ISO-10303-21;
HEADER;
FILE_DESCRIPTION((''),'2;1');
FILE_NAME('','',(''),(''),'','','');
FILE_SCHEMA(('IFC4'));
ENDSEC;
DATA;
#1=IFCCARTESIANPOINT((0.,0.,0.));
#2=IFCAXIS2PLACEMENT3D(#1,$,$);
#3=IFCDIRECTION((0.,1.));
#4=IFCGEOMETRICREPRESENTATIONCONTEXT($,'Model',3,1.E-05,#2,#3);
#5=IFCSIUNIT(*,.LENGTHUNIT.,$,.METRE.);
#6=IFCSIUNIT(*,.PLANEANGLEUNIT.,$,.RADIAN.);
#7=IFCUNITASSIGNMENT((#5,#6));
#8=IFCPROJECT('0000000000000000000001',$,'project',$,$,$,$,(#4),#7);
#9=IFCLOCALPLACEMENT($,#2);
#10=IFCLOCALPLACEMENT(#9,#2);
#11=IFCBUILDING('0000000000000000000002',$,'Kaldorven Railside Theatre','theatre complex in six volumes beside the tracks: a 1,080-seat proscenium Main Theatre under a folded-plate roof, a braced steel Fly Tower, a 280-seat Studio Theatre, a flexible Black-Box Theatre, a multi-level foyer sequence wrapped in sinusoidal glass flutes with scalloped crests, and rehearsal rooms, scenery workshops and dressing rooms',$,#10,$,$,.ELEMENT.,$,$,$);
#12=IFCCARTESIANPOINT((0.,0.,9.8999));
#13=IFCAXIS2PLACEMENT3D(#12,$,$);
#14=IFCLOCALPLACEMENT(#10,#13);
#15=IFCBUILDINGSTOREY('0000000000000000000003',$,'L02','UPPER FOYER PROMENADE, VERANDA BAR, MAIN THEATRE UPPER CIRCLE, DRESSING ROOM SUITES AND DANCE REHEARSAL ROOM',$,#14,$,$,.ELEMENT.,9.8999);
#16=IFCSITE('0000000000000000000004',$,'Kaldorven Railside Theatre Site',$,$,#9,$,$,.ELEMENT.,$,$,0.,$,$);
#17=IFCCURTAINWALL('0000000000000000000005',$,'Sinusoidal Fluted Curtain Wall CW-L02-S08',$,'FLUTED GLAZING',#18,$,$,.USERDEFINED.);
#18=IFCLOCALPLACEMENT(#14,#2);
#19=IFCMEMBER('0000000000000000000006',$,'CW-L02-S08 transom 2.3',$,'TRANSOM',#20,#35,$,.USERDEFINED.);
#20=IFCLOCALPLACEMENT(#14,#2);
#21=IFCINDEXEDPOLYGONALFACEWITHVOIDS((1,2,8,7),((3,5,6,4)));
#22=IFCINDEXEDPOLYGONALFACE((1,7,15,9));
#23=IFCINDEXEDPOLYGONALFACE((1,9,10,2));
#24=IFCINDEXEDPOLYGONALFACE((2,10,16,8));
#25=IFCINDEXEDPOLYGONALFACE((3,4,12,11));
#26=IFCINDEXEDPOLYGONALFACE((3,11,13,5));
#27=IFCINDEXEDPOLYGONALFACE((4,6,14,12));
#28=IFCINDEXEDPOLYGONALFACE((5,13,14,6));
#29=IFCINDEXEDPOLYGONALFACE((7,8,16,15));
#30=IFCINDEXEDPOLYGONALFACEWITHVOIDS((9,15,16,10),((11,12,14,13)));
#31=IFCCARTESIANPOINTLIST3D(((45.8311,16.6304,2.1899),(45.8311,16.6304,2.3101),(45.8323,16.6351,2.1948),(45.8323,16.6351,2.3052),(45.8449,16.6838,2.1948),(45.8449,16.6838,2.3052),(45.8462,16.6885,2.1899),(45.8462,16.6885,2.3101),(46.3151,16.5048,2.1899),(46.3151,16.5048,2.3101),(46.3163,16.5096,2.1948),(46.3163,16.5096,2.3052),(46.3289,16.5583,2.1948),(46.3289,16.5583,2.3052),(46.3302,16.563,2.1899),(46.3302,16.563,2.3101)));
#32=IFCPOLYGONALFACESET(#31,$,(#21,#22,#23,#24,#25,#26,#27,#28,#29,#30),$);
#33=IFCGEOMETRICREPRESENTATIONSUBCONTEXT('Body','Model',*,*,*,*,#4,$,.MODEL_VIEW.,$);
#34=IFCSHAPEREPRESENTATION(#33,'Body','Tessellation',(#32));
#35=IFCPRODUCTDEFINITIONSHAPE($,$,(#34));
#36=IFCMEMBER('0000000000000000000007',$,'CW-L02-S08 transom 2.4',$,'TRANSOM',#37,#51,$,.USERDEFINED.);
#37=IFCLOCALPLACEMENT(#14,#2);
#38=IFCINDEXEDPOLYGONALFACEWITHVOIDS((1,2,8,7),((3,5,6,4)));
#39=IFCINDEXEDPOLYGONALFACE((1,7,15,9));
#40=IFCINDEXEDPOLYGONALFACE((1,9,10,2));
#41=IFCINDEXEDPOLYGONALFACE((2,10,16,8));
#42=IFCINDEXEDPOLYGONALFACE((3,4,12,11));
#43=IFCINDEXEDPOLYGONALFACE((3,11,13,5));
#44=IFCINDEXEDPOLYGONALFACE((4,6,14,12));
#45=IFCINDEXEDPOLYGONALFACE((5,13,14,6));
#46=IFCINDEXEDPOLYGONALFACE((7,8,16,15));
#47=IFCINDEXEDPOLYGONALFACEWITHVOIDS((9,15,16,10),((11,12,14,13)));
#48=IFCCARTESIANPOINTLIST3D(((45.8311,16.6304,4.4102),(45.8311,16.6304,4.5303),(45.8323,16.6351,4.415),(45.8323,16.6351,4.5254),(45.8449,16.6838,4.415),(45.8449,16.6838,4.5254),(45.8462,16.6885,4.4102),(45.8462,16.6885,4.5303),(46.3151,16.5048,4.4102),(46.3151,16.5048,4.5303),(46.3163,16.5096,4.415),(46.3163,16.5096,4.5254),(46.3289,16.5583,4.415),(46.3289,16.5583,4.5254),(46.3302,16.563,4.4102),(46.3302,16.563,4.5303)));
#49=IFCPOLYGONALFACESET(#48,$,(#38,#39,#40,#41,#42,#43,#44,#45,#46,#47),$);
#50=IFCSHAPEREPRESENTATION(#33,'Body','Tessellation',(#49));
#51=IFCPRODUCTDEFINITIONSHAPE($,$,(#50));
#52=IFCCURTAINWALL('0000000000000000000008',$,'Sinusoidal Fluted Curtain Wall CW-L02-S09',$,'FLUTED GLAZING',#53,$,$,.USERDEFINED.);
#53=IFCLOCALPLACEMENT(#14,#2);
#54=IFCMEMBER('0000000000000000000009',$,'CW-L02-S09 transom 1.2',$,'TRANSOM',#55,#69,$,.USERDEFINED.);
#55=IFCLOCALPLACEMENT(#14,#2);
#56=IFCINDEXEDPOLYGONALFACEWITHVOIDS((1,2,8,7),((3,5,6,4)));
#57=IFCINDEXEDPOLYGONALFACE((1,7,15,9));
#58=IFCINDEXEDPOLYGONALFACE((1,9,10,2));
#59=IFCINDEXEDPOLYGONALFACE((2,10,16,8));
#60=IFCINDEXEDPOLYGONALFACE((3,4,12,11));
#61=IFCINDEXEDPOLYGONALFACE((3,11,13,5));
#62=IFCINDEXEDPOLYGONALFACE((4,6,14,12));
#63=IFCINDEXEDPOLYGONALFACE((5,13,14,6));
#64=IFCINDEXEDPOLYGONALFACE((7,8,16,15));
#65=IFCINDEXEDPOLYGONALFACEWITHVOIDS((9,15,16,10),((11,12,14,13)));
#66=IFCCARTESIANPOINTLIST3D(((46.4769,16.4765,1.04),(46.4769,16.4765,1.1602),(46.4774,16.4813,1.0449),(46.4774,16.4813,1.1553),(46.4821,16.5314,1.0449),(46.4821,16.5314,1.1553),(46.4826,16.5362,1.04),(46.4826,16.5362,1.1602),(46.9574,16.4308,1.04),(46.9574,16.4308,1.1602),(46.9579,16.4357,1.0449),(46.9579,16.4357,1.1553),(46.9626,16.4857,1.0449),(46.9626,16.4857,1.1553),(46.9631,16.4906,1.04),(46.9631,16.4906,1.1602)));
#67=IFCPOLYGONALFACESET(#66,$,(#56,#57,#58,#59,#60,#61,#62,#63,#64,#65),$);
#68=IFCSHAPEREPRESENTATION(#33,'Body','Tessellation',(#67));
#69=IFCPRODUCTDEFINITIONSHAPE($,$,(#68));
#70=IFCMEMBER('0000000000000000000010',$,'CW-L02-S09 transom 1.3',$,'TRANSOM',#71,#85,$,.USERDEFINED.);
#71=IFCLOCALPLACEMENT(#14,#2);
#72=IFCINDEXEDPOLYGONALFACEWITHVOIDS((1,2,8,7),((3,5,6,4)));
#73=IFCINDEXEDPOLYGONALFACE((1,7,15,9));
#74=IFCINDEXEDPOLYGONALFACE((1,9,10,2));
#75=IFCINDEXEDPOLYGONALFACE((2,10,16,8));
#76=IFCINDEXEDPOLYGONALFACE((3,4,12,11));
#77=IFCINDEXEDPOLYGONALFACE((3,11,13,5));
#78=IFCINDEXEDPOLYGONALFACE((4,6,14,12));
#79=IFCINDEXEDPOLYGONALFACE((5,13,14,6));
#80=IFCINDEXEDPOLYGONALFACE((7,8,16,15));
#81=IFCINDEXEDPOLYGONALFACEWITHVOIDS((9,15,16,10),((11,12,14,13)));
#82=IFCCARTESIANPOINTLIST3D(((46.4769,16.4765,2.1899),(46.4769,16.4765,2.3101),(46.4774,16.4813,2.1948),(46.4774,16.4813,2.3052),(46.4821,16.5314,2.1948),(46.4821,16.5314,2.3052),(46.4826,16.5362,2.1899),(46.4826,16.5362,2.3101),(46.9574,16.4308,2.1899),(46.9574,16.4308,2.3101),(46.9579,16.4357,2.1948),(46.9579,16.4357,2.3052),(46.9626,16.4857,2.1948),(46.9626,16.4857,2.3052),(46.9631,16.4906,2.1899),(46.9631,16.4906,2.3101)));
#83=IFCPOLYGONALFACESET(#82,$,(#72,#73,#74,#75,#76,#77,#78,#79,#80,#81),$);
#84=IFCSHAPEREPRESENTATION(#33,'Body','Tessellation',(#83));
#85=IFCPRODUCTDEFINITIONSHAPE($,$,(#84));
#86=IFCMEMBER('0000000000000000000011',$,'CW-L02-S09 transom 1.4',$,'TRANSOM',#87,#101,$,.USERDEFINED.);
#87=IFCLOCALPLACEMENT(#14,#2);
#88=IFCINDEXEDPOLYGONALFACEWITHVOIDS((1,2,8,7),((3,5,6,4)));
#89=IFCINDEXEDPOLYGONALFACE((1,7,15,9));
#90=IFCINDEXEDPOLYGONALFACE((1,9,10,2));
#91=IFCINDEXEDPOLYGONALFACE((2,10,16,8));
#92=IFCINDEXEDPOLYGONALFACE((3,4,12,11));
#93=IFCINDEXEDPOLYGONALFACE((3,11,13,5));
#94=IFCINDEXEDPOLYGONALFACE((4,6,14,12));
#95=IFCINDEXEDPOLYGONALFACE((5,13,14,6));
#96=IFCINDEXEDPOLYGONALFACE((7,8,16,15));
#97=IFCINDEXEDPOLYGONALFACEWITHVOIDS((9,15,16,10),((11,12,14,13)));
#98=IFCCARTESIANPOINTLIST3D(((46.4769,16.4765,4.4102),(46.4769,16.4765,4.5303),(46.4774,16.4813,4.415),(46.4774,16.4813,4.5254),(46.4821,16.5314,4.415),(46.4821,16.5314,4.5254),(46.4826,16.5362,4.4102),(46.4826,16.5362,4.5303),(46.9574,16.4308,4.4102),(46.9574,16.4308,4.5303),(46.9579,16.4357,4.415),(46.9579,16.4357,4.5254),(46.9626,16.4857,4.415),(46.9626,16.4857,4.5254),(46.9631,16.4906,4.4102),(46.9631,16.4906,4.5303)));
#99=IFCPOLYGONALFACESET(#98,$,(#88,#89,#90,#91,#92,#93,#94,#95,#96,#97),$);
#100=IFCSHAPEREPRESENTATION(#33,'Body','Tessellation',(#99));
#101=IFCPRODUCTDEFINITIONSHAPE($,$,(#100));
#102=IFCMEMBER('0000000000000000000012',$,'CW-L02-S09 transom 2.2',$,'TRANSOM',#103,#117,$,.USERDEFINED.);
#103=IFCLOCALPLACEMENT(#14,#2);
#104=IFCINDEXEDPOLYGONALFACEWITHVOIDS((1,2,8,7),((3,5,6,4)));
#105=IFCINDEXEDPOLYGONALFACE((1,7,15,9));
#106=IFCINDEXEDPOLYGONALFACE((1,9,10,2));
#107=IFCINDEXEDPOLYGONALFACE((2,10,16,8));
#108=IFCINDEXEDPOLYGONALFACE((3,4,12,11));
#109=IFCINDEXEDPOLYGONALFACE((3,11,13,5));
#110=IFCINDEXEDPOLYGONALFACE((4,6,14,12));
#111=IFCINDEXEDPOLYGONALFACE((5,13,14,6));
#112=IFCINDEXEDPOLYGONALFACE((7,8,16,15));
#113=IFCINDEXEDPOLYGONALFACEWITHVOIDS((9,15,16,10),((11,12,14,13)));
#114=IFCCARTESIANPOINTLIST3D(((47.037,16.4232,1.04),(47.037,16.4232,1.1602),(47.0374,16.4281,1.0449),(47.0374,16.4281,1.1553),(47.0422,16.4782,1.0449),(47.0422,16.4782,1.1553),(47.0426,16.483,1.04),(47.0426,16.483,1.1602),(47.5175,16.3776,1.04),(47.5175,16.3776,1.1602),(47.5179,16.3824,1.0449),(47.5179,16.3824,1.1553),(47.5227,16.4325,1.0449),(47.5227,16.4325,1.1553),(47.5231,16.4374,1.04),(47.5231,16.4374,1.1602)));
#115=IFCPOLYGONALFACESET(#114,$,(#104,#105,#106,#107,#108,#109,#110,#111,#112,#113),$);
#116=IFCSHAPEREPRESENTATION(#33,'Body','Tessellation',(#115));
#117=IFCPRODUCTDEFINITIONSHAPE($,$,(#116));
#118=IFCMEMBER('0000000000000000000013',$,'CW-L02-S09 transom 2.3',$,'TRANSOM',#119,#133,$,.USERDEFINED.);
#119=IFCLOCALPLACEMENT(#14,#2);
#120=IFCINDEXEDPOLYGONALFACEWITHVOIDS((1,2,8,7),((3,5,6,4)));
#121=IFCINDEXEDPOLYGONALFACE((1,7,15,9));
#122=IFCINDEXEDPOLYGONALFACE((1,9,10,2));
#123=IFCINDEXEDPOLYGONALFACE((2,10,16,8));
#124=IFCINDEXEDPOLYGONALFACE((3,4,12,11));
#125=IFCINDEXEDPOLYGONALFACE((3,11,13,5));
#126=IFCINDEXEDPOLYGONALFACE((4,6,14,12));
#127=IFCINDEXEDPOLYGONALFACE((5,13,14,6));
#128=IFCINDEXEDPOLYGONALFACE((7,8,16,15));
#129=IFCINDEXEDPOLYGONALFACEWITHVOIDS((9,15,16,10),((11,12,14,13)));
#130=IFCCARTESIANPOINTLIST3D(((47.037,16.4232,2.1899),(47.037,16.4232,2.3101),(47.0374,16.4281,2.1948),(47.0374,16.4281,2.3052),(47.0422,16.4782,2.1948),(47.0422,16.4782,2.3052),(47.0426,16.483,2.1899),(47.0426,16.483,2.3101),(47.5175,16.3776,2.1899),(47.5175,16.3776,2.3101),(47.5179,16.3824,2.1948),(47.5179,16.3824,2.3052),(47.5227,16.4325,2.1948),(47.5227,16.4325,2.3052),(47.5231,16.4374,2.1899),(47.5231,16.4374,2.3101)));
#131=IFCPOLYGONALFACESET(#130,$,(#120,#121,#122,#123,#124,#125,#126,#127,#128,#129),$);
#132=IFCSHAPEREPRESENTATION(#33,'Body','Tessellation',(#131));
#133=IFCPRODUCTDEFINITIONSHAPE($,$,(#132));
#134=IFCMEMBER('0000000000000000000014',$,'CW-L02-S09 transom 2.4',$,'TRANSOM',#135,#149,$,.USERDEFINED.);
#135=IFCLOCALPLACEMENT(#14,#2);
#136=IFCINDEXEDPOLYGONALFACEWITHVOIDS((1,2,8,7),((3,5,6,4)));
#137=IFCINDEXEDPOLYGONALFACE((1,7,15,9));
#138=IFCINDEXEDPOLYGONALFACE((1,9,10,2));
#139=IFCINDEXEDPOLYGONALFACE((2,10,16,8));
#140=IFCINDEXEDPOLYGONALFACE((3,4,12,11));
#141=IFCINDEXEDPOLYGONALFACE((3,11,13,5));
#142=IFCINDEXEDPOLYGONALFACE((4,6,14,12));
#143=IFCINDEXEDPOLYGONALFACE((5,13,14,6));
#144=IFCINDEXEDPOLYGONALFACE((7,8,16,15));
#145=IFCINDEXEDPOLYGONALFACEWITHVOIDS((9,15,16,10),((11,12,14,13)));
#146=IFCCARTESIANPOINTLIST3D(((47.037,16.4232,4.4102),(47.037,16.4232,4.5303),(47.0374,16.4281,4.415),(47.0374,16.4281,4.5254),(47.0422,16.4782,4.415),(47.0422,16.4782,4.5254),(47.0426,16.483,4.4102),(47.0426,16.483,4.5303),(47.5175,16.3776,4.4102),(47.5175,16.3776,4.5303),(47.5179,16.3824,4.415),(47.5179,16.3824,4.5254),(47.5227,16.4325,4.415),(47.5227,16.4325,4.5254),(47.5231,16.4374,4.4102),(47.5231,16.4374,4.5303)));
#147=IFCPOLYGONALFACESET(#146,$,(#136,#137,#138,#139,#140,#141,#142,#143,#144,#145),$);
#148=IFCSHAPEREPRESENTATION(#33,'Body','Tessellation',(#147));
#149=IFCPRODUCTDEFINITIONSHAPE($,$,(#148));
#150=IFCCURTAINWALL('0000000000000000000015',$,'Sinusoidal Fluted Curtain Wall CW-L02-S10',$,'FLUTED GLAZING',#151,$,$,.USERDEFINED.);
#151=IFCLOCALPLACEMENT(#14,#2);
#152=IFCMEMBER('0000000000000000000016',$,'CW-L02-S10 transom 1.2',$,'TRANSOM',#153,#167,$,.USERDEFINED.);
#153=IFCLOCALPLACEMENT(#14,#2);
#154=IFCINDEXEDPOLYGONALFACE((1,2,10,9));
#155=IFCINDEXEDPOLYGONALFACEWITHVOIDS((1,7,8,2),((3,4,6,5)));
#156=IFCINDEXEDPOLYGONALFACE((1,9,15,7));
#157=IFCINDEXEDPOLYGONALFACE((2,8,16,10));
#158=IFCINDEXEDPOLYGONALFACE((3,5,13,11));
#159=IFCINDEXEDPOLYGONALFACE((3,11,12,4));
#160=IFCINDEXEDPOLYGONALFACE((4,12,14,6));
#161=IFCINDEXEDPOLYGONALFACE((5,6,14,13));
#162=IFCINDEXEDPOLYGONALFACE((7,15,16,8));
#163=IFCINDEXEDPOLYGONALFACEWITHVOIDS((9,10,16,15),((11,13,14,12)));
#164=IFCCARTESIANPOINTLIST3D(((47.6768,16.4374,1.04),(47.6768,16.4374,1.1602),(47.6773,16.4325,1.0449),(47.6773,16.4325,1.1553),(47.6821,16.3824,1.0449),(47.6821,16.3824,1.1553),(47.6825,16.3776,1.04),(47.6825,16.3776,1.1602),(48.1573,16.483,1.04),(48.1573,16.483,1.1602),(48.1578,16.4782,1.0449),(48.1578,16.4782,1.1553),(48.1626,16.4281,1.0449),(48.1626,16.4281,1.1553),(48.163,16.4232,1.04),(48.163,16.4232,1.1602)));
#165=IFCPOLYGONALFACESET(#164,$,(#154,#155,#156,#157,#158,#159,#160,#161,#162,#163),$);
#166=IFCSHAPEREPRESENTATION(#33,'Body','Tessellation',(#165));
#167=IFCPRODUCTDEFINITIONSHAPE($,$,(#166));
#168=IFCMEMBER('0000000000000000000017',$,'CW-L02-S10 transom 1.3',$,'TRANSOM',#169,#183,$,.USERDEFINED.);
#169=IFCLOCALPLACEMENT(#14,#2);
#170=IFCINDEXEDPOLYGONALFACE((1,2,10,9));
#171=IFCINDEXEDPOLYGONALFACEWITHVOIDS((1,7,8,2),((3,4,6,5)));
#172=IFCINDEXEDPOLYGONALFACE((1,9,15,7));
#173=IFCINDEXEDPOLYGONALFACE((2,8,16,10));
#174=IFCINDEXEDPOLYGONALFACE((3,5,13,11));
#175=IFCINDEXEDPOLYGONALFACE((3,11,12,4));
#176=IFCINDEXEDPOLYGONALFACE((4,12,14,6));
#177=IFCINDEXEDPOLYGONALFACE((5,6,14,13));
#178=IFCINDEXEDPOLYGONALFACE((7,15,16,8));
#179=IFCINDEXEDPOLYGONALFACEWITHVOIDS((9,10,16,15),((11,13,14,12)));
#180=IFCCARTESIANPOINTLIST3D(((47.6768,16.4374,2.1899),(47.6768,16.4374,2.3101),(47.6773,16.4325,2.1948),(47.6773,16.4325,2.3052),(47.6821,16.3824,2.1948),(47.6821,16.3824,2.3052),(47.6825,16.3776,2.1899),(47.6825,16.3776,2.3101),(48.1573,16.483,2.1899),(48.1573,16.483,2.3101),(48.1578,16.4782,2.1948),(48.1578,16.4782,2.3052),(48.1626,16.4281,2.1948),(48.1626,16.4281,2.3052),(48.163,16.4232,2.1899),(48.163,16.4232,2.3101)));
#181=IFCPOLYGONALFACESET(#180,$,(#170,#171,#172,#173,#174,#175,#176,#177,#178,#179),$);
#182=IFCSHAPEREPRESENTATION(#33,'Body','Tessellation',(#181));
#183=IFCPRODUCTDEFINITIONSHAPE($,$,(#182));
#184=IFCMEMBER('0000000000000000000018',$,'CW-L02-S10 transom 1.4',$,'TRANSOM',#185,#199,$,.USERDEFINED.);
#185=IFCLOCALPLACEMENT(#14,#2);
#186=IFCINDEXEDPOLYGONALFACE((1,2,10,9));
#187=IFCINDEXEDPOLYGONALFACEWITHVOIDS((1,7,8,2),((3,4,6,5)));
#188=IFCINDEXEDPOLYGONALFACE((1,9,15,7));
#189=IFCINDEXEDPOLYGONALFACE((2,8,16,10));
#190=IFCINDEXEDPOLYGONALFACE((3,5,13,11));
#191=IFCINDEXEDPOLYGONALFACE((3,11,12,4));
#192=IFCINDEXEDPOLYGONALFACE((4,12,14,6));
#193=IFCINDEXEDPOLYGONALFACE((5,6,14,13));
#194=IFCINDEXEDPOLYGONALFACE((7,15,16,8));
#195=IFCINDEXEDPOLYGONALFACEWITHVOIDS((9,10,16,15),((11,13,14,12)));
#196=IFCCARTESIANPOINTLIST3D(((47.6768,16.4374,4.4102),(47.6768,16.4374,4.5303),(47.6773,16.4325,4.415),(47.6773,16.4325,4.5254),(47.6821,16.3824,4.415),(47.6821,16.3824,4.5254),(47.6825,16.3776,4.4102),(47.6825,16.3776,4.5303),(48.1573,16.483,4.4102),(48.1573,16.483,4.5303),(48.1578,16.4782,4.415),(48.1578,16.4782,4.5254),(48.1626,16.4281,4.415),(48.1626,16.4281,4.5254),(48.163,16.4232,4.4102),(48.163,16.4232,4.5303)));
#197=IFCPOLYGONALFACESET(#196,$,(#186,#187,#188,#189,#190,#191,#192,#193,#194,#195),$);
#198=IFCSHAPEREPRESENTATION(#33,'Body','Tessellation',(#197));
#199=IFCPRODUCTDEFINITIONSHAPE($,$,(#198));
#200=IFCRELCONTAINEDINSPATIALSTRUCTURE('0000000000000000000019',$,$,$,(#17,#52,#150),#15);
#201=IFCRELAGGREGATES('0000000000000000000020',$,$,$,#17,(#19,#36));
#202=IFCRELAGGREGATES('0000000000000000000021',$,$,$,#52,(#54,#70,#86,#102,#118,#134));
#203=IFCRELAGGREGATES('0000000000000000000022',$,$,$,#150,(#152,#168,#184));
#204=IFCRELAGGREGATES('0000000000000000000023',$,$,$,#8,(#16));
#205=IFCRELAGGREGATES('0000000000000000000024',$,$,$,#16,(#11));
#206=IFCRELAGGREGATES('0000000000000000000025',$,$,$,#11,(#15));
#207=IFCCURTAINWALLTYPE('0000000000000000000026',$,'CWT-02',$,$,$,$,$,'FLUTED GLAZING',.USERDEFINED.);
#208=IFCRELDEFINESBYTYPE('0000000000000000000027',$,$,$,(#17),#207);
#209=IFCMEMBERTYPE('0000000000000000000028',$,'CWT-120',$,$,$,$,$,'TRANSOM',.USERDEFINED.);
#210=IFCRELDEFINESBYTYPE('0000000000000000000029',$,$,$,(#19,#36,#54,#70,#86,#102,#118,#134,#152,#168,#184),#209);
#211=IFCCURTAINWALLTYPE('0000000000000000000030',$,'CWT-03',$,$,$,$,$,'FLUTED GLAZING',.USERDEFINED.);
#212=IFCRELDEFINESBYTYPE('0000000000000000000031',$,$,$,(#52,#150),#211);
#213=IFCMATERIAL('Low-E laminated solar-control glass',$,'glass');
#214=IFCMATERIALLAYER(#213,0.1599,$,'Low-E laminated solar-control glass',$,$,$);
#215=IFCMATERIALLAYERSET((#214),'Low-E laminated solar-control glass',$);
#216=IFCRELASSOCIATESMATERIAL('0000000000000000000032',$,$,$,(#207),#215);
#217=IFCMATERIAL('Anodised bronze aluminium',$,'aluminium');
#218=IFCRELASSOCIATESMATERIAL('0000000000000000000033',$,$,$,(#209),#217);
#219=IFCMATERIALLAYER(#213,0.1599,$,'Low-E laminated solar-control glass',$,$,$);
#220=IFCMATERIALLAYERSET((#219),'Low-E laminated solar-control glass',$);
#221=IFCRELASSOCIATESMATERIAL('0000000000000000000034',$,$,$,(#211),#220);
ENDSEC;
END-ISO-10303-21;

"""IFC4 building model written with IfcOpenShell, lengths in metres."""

from ifc_helpers import new_model, si_unit, direction, frame, origin, origin_2d, place, context, subcontext, project, spatial, hollow_rectangle, extrude, material, layer, layer_set, material_profile, profile_set, type_object, element, aggregate, save


model = new_model("IFC4")

# Units and contexts
model_context = context("Model", 3, precision=1e-05, world=origin(), true_north=direction((0.0, 1.0)))
body_context = subcontext(model_context, "Body", "Model", "MODEL_VIEW")
ifc_project = project(units=[si_unit("LENGTHUNIT", "METRE"), si_unit("PLANEANGLEUNIT", "RADIAN")], contexts=[model_context])

# Site, building, storey
site_placement = place(None, origin())
site = spatial("IfcSite", under=ifc_project, at=site_placement, Name="Kaldorven Railside Theatre Site", CompositionType="ELEMENT", RefElevation=0.0)
building_placement = place(site_placement, origin())
building = spatial("IfcBuilding", under=site, at=building_placement, Name="Kaldorven Railside Theatre", Description="theatre complex in six volumes beside the tracks: a 1,080-seat proscenium Main Theatre under a folded-plate roof, a braced steel Fly Tower, a 280-seat Studio Theatre, a flexible Black-Box Theatre, a multi-level foyer sequence wrapped in sinusoidal glass flutes with scalloped crests, and rehearsal rooms, scenery workshops and dressing rooms", CompositionType="ELEMENT")
storey_placement = place(building_placement, frame((0.0, 0.0, 9.8999)))
storey = spatial("IfcBuildingStorey", under=building, at=storey_placement, Name="L02", Description="UPPER FOYER PROMENADE, VERANDA BAR, MAIN THEATRE UPPER CIRCLE, DRESSING ROOM SUITES AND DANCE REHEARSAL ROOM", CompositionType="ELEMENT", Elevation=9.8999)

# Curtain walls, members
ifc_material_1 = material(Name="Low-E laminated solar-control glass", Category="glass")
ifc_layer_1 = layer(ifc_material_1, 0.1599, Name="Low-E laminated solar-control glass")
ifc_layer_set_1 = layer_set([ifc_layer_1], Name="Low-E laminated solar-control glass")
curtain_wall_type_1 = type_object("IfcCurtainWallType", Name="CWT-02", ElementType="FLUTED GLAZING", PredefinedType="USERDEFINED", material=ifc_layer_set_1)
curtain_wall_1_placement = place(storey_placement, origin())
curtain_wall_1 = element("IfcCurtainWall", 1, at=curtain_wall_1_placement, inside=storey, type_object=curtain_wall_type_1, Name="Sinusoidal Fluted Curtain Wall CW-L02-S08", ObjectType="FLUTED GLAZING", PredefinedType="USERDEFINED")
ifc_material_2 = material(Name="Anodised bronze aluminium", Category="aluminium")
ifc_material_profile = material_profile(ifc_material_2, hollow_rectangle(XDim=0.0601, YDim=0.1201, WallThickness=0.0049, at=origin_2d()), Name="RHS 120x60x5")
ifc_profile_set = profile_set([ifc_material_profile], Name="Anodised bronze aluminium")
member_type = type_object("IfcMemberType", Name="CWT-120", ElementType="TRANSOM", PredefinedType="USERDEFINED", material=ifc_profile_set)
member_1_placement = place(storey_placement, frame((45.8386, 16.6594, 2.25), z_axis=(0.967979, -0.25103, 0.0), x_axis=(0.25103, 0.967979, 0.0)))
member_1 = element("IfcMember", 2, at=member_1_placement, type_object=member_type, Name="CW-L02-S08 transom 2.3", ObjectType="TRANSOM", PredefinedType="USERDEFINED", context=body_context, shape_type="SweptSolid", body=[
    extrude(hollow_rectangle(XDim=0.0601, YDim=0.1201, WallThickness=0.0049, at=origin_2d()), origin(), (0.0, 0.0, 1.0), 0.5),
])
member_2_placement = place(storey_placement, frame((45.8386, 16.6594, 4.4702), z_axis=(0.967979, -0.25103, 0.0), x_axis=(0.25103, 0.967979, 0.0)))
member_2 = element("IfcMember", 3, at=member_2_placement, type_object=member_type, Name="CW-L02-S08 transom 2.4", ObjectType="TRANSOM", PredefinedType="USERDEFINED", context=body_context, shape_type="SweptSolid", body=[
    extrude(hollow_rectangle(XDim=0.0601, YDim=0.1201, WallThickness=0.0049, at=origin_2d()), origin(), (0.0, 0.0, 1.0), 0.5),
])
ifc_layer_2 = layer(ifc_material_1, 0.1599, Name="Low-E laminated solar-control glass")
ifc_layer_set_2 = layer_set([ifc_layer_2], Name="Low-E laminated solar-control glass")
curtain_wall_type_2 = type_object("IfcCurtainWallType", Name="CWT-03", ElementType="FLUTED GLAZING", PredefinedType="USERDEFINED", material=ifc_layer_set_2)
curtain_wall_2_placement = place(storey_placement, origin())
curtain_wall_2 = element("IfcCurtainWall", 4, at=curtain_wall_2_placement, inside=storey, type_object=curtain_wall_type_2, Name="Sinusoidal Fluted Curtain Wall CW-L02-S09", ObjectType="FLUTED GLAZING", PredefinedType="USERDEFINED")
member_3_placement = place(storey_placement, frame((46.4797, 16.5063, 1.1001), z_axis=(0.995516, -0.094594, 0.0), x_axis=(0.094594, 0.995516, 0.0)))
member_3 = element("IfcMember", 5, at=member_3_placement, type_object=member_type, Name="CW-L02-S09 transom 1.2", ObjectType="TRANSOM", PredefinedType="USERDEFINED", context=body_context, shape_type="SweptSolid", body=[
    extrude(hollow_rectangle(XDim=0.0601, YDim=0.1201, WallThickness=0.0049, at=origin_2d()), origin(), (0.0, 0.0, 1.0), 0.4827),
])
member_4_placement = place(storey_placement, frame((46.4797, 16.5063, 2.25), z_axis=(0.995516, -0.094594, 0.0), x_axis=(0.094594, 0.995516, 0.0)))
member_4 = element("IfcMember", 6, at=member_4_placement, type_object=member_type, Name="CW-L02-S09 transom 1.3", ObjectType="TRANSOM", PredefinedType="USERDEFINED", context=body_context, shape_type="SweptSolid", body=[
    extrude(hollow_rectangle(XDim=0.0601, YDim=0.1201, WallThickness=0.0049, at=origin_2d()), origin(), (0.0, 0.0, 1.0), 0.4827),
])
member_5_placement = place(storey_placement, frame((46.4797, 16.5063, 4.4702), z_axis=(0.995516, -0.094594, 0.0), x_axis=(0.094594, 0.995516, 0.0)))
member_5 = element("IfcMember", 7, at=member_5_placement, type_object=member_type, Name="CW-L02-S09 transom 1.4", ObjectType="TRANSOM", PredefinedType="USERDEFINED", context=body_context, shape_type="SweptSolid", body=[
    extrude(hollow_rectangle(XDim=0.0601, YDim=0.1201, WallThickness=0.0049, at=origin_2d()), origin(), (0.0, 0.0, 1.0), 0.4827),
])
member_6_placement = place(storey_placement, frame((47.0398, 16.4531, 1.1001), z_axis=(0.995516, -0.094594, 0.0), x_axis=(0.094594, 0.995516, 0.0)))
member_6 = element("IfcMember", 8, at=member_6_placement, type_object=member_type, Name="CW-L02-S09 transom 2.2", ObjectType="TRANSOM", PredefinedType="USERDEFINED", context=body_context, shape_type="SweptSolid", body=[
    extrude(hollow_rectangle(XDim=0.0601, YDim=0.1201, WallThickness=0.0049, at=origin_2d()), origin(), (0.0, 0.0, 1.0), 0.4827),
])
member_7_placement = place(storey_placement, frame((47.0398, 16.4531, 2.25), z_axis=(0.995516, -0.094594, 0.0), x_axis=(0.094594, 0.995516, 0.0)))
member_7 = element("IfcMember", 9, at=member_7_placement, type_object=member_type, Name="CW-L02-S09 transom 2.3", ObjectType="TRANSOM", PredefinedType="USERDEFINED", context=body_context, shape_type="SweptSolid", body=[
    extrude(hollow_rectangle(XDim=0.0601, YDim=0.1201, WallThickness=0.0049, at=origin_2d()), origin(), (0.0, 0.0, 1.0), 0.4827),
])
member_8_placement = place(storey_placement, frame((47.0398, 16.4531, 4.4702), z_axis=(0.995516, -0.094594, 0.0), x_axis=(0.094594, 0.995516, 0.0)))
member_8 = element("IfcMember", 10, at=member_8_placement, type_object=member_type, Name="CW-L02-S09 transom 2.4", ObjectType="TRANSOM", PredefinedType="USERDEFINED", context=body_context, shape_type="SweptSolid", body=[
    extrude(hollow_rectangle(XDim=0.0601, YDim=0.1201, WallThickness=0.0049, at=origin_2d()), origin(), (0.0, 0.0, 1.0), 0.4827),
])
curtain_wall_3_placement = place(storey_placement, origin())
curtain_wall_3 = element("IfcCurtainWall", 11, at=curtain_wall_3_placement, inside=storey, type_object=curtain_wall_type_2, Name="Sinusoidal Fluted Curtain Wall CW-L02-S10", ObjectType="FLUTED GLAZING", PredefinedType="USERDEFINED")
member_9_placement = place(storey_placement, frame((47.6797, 16.4075, 1.1001), z_axis=(0.995516, 0.094594, 0.0), x_axis=(-0.094594, 0.995516, 0.0)))
member_9 = element("IfcMember", 12, at=member_9_placement, type_object=member_type, Name="CW-L02-S10 transom 1.2", ObjectType="TRANSOM", PredefinedType="USERDEFINED", context=body_context, shape_type="SweptSolid", body=[
    extrude(hollow_rectangle(XDim=0.0601, YDim=0.1201, WallThickness=0.0049, at=origin_2d()), origin(), (0.0, 0.0, 1.0), 0.4827),
])
member_10_placement = place(storey_placement, frame((47.6797, 16.4075, 2.25), z_axis=(0.995516, 0.094594, 0.0), x_axis=(-0.094594, 0.995516, 0.0)))
member_10 = element("IfcMember", 13, at=member_10_placement, type_object=member_type, Name="CW-L02-S10 transom 1.3", ObjectType="TRANSOM", PredefinedType="USERDEFINED", context=body_context, shape_type="SweptSolid", body=[
    extrude(hollow_rectangle(XDim=0.0601, YDim=0.1201, WallThickness=0.0049, at=origin_2d()), origin(), (0.0, 0.0, 1.0), 0.4827),
])
member_11_placement = place(storey_placement, frame((47.6797, 16.4075, 4.4702), z_axis=(0.995516, 0.094594, 0.0), x_axis=(-0.094594, 0.995516, 0.0)))
member_11 = element("IfcMember", 14, at=member_11_placement, type_object=member_type, Name="CW-L02-S10 transom 1.4", ObjectType="TRANSOM", PredefinedType="USERDEFINED", context=body_context, shape_type="SweptSolid", body=[
    extrude(hollow_rectangle(XDim=0.0601, YDim=0.1201, WallThickness=0.0049, at=origin_2d()), origin(), (0.0, 0.0, 1.0), 0.4827),
])

aggregate(curtain_wall_1, [member_1, member_2])
aggregate(curtain_wall_2, [member_3, member_4, member_5, member_6, member_7, member_8])
aggregate(curtain_wall_3, [member_9, member_10, member_11])

save(model, "model.ifc")
